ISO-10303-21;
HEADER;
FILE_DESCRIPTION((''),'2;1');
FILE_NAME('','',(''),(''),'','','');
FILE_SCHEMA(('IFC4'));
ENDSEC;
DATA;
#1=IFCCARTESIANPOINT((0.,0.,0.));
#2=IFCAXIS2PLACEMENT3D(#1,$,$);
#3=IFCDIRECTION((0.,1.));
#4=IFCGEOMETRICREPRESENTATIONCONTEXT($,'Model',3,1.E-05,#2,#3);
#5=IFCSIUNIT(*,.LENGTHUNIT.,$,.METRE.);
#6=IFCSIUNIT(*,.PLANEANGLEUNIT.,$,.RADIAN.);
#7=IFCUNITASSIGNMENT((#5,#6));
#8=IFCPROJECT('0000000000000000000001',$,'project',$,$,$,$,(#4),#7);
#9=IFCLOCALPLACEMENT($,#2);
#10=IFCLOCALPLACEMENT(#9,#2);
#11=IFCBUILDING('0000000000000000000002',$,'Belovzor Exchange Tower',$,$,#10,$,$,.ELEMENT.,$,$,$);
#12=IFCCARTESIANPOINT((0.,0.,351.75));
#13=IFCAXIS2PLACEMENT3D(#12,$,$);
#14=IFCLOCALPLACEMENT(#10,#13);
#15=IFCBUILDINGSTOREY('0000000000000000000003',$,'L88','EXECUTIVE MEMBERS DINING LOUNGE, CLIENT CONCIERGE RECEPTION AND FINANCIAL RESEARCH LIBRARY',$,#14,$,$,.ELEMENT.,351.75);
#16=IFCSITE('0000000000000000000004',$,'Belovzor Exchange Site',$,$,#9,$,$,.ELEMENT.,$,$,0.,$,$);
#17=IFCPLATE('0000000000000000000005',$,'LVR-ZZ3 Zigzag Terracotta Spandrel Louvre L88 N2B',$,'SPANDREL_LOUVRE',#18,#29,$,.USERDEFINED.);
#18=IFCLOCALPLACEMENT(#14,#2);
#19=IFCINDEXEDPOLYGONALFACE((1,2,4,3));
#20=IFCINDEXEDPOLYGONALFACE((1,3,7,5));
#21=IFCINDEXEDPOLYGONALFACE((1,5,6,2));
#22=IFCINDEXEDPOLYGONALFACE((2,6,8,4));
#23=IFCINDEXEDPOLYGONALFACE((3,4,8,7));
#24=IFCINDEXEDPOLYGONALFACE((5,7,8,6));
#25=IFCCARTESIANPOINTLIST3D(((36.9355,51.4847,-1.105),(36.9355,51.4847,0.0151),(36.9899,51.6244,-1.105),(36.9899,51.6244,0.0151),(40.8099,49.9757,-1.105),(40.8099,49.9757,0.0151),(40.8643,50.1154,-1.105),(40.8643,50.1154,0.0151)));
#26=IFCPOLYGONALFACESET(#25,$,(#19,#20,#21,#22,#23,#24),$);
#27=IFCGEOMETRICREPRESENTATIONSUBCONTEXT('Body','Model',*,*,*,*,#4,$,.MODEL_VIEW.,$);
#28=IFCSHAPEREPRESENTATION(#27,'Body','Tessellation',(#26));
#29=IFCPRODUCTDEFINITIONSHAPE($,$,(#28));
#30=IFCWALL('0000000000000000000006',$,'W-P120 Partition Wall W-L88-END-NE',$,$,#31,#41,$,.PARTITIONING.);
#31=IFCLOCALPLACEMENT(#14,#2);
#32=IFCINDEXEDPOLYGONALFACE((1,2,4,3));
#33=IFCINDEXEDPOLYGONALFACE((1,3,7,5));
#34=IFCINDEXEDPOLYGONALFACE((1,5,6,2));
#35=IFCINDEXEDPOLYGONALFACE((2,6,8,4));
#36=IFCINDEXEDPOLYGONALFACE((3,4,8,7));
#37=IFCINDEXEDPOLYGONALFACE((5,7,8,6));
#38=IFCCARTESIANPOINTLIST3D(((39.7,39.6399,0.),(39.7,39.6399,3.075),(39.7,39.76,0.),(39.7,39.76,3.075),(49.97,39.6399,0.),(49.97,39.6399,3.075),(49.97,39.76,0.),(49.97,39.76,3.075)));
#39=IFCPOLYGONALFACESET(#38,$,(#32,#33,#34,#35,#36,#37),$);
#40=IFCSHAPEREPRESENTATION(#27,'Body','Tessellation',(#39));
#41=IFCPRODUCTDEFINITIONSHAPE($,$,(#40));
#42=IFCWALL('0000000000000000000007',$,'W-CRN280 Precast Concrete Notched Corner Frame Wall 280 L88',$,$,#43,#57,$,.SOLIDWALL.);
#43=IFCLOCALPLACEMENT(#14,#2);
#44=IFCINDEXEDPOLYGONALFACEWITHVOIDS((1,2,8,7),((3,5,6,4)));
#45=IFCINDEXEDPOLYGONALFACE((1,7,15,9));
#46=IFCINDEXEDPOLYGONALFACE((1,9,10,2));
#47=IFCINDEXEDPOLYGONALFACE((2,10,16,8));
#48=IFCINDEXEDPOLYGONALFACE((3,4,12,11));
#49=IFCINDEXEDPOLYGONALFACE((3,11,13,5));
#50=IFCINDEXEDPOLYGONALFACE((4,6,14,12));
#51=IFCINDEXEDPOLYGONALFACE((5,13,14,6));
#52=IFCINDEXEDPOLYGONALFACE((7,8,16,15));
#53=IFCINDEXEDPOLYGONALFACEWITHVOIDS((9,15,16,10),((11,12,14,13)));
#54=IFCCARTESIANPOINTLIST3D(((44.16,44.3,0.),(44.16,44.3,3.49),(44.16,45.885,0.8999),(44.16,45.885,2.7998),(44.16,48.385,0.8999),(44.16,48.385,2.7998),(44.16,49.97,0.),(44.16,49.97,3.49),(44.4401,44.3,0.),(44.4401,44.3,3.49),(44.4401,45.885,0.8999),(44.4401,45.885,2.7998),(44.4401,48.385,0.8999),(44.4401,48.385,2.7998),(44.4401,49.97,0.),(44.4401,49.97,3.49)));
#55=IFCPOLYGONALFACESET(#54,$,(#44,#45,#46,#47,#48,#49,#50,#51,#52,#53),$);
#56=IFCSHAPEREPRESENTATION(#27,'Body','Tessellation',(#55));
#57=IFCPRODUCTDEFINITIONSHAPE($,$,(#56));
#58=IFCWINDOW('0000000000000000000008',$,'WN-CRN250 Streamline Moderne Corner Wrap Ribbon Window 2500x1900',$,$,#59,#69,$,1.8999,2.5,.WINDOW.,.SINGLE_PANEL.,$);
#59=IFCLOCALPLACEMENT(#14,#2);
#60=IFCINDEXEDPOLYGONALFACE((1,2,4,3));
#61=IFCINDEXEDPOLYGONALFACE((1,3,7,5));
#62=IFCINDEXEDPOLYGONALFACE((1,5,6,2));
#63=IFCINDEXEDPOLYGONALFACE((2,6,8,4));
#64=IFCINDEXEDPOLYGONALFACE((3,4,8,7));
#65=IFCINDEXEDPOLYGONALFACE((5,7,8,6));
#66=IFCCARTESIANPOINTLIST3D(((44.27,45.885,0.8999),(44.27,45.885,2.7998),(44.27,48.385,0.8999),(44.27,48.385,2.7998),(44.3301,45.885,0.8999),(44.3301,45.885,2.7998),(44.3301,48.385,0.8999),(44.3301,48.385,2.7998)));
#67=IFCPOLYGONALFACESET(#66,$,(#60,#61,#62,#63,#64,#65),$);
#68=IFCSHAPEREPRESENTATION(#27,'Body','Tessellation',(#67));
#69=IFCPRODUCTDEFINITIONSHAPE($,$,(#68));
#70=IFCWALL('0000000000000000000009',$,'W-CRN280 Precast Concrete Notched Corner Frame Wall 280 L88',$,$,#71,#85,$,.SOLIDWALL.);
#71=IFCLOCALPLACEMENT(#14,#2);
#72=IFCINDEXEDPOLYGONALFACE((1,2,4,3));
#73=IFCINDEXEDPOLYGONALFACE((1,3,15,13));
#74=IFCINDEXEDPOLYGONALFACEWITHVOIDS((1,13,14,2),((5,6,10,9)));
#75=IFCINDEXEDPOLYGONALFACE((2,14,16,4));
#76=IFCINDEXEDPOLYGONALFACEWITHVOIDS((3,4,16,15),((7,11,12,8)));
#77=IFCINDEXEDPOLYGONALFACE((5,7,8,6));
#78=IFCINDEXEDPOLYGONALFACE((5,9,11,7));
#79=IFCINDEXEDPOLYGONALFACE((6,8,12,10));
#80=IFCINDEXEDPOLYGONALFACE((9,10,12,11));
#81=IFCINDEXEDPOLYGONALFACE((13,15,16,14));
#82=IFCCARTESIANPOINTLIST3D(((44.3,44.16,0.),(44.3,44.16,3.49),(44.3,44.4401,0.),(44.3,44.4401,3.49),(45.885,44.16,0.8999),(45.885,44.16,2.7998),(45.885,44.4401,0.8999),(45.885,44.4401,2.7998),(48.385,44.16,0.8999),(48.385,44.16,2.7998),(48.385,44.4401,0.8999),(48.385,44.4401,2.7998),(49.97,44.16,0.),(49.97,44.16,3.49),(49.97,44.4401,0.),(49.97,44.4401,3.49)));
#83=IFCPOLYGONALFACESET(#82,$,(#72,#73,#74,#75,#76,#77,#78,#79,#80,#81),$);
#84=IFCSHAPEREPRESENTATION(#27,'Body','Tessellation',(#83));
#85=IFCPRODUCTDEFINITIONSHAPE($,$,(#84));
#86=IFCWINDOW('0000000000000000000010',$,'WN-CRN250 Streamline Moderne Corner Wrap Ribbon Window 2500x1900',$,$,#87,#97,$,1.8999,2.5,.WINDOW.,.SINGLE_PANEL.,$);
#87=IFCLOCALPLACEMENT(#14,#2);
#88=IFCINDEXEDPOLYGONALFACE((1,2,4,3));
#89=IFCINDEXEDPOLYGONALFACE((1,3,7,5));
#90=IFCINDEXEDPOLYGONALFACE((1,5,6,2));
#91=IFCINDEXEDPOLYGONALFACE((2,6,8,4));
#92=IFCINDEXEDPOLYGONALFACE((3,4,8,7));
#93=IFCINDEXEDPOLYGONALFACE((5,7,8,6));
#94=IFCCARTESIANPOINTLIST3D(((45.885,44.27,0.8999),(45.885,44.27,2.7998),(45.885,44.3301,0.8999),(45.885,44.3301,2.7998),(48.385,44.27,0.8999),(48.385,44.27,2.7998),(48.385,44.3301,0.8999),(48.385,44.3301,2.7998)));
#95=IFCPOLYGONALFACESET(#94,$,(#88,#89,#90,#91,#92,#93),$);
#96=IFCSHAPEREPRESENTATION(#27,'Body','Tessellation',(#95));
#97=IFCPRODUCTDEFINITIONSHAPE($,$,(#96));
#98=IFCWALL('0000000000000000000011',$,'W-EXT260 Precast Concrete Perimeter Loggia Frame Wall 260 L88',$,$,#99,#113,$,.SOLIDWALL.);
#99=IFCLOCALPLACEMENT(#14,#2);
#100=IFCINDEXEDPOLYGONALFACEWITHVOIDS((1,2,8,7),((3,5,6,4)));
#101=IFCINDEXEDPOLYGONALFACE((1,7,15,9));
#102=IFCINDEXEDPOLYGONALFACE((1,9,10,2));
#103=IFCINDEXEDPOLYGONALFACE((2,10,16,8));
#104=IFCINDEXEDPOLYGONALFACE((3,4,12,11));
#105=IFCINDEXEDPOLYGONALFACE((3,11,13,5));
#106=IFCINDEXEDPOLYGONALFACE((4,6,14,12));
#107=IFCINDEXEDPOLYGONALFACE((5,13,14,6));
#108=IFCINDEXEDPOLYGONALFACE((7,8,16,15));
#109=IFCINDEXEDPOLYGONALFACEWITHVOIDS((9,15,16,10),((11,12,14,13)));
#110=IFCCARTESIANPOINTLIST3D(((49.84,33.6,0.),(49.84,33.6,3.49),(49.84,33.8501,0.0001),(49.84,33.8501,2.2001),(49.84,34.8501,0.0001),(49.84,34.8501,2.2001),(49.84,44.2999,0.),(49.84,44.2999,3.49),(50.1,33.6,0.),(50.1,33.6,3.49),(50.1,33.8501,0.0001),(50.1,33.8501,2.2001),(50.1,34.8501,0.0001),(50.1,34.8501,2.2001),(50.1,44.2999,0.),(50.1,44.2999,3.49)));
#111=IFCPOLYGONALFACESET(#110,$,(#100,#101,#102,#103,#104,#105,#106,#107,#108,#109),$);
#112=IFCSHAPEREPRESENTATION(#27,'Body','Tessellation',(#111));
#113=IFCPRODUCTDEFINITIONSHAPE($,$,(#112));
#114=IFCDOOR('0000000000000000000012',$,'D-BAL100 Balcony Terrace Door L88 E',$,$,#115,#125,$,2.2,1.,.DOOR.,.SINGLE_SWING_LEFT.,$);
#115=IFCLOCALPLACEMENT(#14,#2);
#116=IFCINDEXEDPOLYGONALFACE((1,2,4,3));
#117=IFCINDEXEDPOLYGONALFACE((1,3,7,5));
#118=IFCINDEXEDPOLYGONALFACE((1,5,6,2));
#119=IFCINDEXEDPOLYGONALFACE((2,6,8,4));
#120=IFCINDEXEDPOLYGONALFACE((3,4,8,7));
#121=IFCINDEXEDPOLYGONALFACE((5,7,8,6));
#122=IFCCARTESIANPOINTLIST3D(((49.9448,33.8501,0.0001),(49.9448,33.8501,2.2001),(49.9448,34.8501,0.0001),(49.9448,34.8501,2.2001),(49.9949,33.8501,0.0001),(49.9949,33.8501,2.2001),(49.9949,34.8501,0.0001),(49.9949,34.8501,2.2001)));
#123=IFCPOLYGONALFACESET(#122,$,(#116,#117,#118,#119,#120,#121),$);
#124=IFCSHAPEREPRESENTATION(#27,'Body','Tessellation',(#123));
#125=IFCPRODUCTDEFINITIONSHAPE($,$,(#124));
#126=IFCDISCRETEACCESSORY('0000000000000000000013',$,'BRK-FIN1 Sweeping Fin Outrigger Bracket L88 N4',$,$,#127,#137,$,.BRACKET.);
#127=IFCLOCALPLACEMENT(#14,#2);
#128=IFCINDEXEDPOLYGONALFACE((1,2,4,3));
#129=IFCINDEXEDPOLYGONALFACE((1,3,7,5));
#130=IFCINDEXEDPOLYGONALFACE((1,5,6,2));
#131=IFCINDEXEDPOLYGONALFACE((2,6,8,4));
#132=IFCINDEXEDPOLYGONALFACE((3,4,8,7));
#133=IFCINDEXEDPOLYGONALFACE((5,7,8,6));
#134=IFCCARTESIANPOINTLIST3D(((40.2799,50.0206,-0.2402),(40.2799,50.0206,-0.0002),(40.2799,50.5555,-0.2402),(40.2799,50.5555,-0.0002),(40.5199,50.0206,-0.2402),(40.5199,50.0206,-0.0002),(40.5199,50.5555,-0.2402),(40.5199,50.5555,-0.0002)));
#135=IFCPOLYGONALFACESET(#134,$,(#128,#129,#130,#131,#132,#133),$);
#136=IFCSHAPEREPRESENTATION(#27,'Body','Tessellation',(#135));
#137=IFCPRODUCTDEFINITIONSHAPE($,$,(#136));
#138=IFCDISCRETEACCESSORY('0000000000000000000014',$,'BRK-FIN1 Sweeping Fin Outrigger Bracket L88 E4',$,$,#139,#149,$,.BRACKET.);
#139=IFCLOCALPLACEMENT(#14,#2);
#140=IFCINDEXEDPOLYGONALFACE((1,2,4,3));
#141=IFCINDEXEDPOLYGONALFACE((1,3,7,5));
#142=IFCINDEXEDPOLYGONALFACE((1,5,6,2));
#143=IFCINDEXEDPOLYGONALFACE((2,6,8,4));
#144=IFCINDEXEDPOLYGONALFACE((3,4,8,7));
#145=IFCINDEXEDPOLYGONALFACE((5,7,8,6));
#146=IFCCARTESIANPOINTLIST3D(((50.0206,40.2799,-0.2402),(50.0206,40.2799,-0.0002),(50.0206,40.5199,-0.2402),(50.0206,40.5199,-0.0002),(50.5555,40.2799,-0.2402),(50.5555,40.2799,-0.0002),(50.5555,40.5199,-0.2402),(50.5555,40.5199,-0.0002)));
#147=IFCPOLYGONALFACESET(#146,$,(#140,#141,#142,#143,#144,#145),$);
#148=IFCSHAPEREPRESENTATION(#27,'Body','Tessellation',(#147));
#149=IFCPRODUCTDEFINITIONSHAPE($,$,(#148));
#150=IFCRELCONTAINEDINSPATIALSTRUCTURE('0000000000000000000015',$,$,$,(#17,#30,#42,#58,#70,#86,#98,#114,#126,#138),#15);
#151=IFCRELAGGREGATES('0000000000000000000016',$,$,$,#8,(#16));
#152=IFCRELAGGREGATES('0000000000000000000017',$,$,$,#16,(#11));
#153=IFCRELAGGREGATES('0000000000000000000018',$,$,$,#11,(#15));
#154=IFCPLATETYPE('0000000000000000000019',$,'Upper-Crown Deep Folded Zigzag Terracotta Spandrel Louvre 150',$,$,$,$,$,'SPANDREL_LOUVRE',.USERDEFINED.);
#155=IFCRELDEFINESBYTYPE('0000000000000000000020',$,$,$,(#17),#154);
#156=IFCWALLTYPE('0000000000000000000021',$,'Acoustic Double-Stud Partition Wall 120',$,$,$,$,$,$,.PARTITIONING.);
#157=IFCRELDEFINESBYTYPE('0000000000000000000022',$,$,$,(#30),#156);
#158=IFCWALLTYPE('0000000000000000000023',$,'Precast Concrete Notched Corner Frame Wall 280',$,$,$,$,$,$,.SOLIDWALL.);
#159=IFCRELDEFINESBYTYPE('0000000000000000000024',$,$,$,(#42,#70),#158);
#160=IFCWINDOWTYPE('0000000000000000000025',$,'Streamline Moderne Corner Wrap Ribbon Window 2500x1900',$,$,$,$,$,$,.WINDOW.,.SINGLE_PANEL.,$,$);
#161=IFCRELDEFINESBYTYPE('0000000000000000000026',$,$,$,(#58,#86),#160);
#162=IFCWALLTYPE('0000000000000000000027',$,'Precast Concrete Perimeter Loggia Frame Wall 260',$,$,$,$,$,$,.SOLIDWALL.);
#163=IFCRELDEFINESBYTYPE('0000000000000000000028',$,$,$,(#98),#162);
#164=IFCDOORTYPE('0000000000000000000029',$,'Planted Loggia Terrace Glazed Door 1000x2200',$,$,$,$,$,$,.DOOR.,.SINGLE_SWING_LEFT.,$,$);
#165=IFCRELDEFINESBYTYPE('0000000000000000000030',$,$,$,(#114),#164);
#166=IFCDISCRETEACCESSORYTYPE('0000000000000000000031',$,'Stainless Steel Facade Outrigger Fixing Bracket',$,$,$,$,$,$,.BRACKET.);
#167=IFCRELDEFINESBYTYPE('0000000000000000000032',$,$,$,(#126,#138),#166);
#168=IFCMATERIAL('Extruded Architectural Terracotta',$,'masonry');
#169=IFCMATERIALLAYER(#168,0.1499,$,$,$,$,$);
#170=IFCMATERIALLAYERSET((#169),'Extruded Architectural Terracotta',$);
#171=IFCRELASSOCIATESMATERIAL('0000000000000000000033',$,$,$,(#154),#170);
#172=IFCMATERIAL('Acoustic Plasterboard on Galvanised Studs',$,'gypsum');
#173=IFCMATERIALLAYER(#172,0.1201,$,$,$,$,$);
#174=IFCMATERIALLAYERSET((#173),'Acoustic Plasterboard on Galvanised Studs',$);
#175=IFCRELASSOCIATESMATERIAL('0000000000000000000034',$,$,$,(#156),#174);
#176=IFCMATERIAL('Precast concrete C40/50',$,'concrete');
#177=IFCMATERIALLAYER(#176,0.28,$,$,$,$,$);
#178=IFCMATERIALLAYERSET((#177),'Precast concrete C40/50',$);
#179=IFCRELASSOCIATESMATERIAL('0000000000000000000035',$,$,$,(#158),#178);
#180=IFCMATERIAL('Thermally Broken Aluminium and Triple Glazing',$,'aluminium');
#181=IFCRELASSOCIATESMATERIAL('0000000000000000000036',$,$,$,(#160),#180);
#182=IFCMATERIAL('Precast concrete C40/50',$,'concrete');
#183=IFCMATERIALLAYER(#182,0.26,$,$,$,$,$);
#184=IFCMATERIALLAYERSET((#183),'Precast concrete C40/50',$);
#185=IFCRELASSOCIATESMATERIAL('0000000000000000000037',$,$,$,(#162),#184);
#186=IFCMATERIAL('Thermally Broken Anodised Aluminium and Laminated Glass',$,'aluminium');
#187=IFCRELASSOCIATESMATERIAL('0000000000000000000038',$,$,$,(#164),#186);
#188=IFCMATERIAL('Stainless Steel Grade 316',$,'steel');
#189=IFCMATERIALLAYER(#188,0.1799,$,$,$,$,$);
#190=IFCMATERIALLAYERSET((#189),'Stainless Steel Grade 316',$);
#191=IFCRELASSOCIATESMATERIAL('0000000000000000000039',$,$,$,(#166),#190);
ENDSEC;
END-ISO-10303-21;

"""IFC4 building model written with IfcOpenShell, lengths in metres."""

from ifc_helpers import new_model, si_unit, direction, frame, frame_2d, origin, origin_2d, place, context, subcontext, project, spatial, rectangle, extrude, material, layer, layer_set, type_object, element, fill, save


model = new_model("IFC4")

# Units and contexts
model_context = context("Model", 3, precision=1e-05, world=origin(), true_north=direction((0.0, 1.0)))
body_context = subcontext(model_context, "Body", "Model", "MODEL_VIEW")
ifc_project = project(units=[si_unit("LENGTHUNIT", "METRE"), si_unit("PLANEANGLEUNIT", "RADIAN")], contexts=[model_context])

# Site, building, storey
site_placement = place(None, origin())
site = spatial("IfcSite", under=ifc_project, at=site_placement, Name="Belovzor Exchange Site", CompositionType="ELEMENT", RefElevation=0.0)
building_placement = place(site_placement, origin())
building = spatial("IfcBuilding", under=site, at=building_placement, Name="Belovzor Exchange Tower", CompositionType="ELEMENT")
storey_placement = place(building_placement, frame((0.0, 0.0, 351.75)))
storey = spatial("IfcBuildingStorey", under=building, at=storey_placement, Name="L88", Description="EXECUTIVE MEMBERS DINING LOUNGE, CLIENT CONCIERGE RECEPTION AND FINANCIAL RESEARCH LIBRARY", CompositionType="ELEMENT", Elevation=351.75)

# Plate
ifc_material_1 = material(Name="Extruded Architectural Terracotta", Category="masonry")
ifc_layer_1 = layer(ifc_material_1, 0.1499)
ifc_layer_set_1 = layer_set([ifc_layer_1], Name="Extruded Architectural Terracotta")
plate_type = type_object("IfcPlateType", Name="Upper-Crown Deep Folded Zigzag Terracotta Spandrel Louvre 150", ElementType="SPANDREL_LOUVRE", PredefinedType="USERDEFINED", material=ifc_layer_set_1)
plate_placement = place(storey_placement, frame((38.8999, 50.8, -1.105), z_axis=(0.0, 0.0, 1.0), x_axis=(0.931818, -0.362926, 0.0)))
element("IfcPlate", 1, at=plate_placement, inside=storey, type_object=plate_type, Name="LVR-ZZ3 Zigzag Terracotta Spandrel Louvre L88 N2B", ObjectType="SPANDREL_LOUVRE", PredefinedType="USERDEFINED", context=body_context, shape_type="SweptSolid", body=[
    extrude(rectangle(XDim=4.158, YDim=0.1499, at=origin_2d()), origin(), (0.0, 0.0, 1.0), 1.1201),
])

# Wall
ifc_material_2 = material(Name="Acoustic Plasterboard on Galvanised Studs", Category="gypsum")
ifc_layer_2 = layer(ifc_material_2, 0.1201)
ifc_layer_set_2 = layer_set([ifc_layer_2], Name="Acoustic Plasterboard on Galvanised Studs")
wall_type_1 = type_object("IfcWallType", Name="Acoustic Double-Stud Partition Wall 120", PredefinedType="PARTITIONING", material=ifc_layer_set_2)
wall_1_placement = place(storey_placement, frame((39.7, 39.7, 0.0), z_axis=(0.0, 0.0, 1.0), x_axis=(1.0, 0.0, 0.0)))
element("IfcWall", 2, at=wall_1_placement, inside=storey, type_object=wall_type_1, Name="W-P120 Partition Wall W-L88-END-NE", PredefinedType="PARTITIONING", context=body_context, shape_type="SweptSolid", body=[
    extrude(rectangle(XDim=10.27, YDim=0.1201, at=frame_2d((5.135, 0.0))), origin(), (0.0, 0.0, 1.0), 3.075),
])

# Walls, openings, windows
ifc_material_3 = material(Name="Precast concrete C40/50", Category="concrete")
ifc_layer_3 = layer(ifc_material_3, 0.28)
ifc_layer_set_3 = layer_set([ifc_layer_3], Name="Precast concrete C40/50")
wall_type_2 = type_object("IfcWallType", Name="Precast Concrete Notched Corner Frame Wall 280", PredefinedType="SOLIDWALL", material=ifc_layer_set_3)
wall_2_placement = place(storey_placement, frame((44.3, 49.97, 0.0), z_axis=(0.0, 0.0, 1.0), x_axis=(0.0, -1.0, 0.0)))
wall_2 = element("IfcWall", 3, at=wall_2_placement, inside=storey, type_object=wall_type_2, Name="W-CRN280 Precast Concrete Notched Corner Frame Wall 280 L88", PredefinedType="SOLIDWALL", context=body_context, shape_type="SweptSolid", body=[
    extrude(rectangle(XDim=5.6699, YDim=0.28, at=frame_2d((2.835, 0.0))), origin(), (0.0, 0.0, 1.0), 3.49),
])
opening_1_placement = place(wall_2_placement, frame((1.585, 0.0, 0.8999)))
opening_1 = element("IfcOpeningElement", 4, at=opening_1_placement, cuts=wall_2, PredefinedType="OPENING", context=body_context, shape_type="SweptSolid", body=[
    extrude(rectangle(XDim=2.5, YDim=1.8999, at=frame_2d((1.25, 0.95))), frame((0.0, 0.1499, 0.0), z_axis=(0.0, -1.0, 0.0), x_axis=(1.0, 0.0, 0.0)), (0.0, 0.0, 1.0), 0.3),
])
ifc_material_4 = material(Name="Thermally Broken Aluminium and Triple Glazing", Category="aluminium")
window_type = type_object("IfcWindowType", Name="Streamline Moderne Corner Wrap Ribbon Window 2500x1900", PartitioningType="SINGLE_PANEL", PredefinedType="WINDOW", material=ifc_material_4)
window_1_placement = place(opening_1_placement, origin())
window_1 = element("IfcWindow", 5, at=window_1_placement, inside=storey, type_object=window_type, Name="WN-CRN250 Streamline Moderne Corner Wrap Ribbon Window 2500x1900", OverallHeight=1.8999, OverallWidth=2.5, PartitioningType="SINGLE_PANEL", PredefinedType="WINDOW", context=body_context, shape_type="SweptSolid", body=[
    extrude(rectangle(XDim=2.5, YDim=1.8999, at=frame_2d((1.25, 0.95))), frame((0.0, 0.03, 0.0), z_axis=(0.0, -1.0, 0.0), x_axis=(1.0, 0.0, 0.0)), (0.0, 0.0, 1.0), 0.0601),
])
fill(opening_1, window_1)
wall_3_placement = place(storey_placement, frame((44.3, 44.3, 0.0), z_axis=(0.0, 0.0, 1.0), x_axis=(1.0, 0.0, 0.0)))
wall_3 = element("IfcWall", 6, at=wall_3_placement, inside=storey, type_object=wall_type_2, Name="W-CRN280 Precast Concrete Notched Corner Frame Wall 280 L88", PredefinedType="SOLIDWALL", context=body_context, shape_type="SweptSolid", body=[
    extrude(rectangle(XDim=5.6699, YDim=0.28, at=frame_2d((2.835, 0.0))), origin(), (0.0, 0.0, 1.0), 3.49),
])
opening_2_placement = place(wall_3_placement, frame((1.585, 0.0, 0.8999)))
opening_2 = element("IfcOpeningElement", 7, at=opening_2_placement, cuts=wall_3, PredefinedType="OPENING", context=body_context, shape_type="SweptSolid", body=[
    extrude(rectangle(XDim=2.5, YDim=1.8999, at=frame_2d((1.25, 0.95))), frame((0.0, 0.1499, 0.0), z_axis=(0.0, -1.0, 0.0), x_axis=(1.0, 0.0, 0.0)), (0.0, 0.0, 1.0), 0.3),
])
window_2_placement = place(opening_2_placement, origin())
window_2 = element("IfcWindow", 8, at=window_2_placement, inside=storey, type_object=window_type, Name="WN-CRN250 Streamline Moderne Corner Wrap Ribbon Window 2500x1900", OverallHeight=1.8999, OverallWidth=2.5, PartitioningType="SINGLE_PANEL", PredefinedType="WINDOW", context=body_context, shape_type="SweptSolid", body=[
    extrude(rectangle(XDim=2.5, YDim=1.8999, at=frame_2d((1.25, 0.95))), frame((0.0, 0.03, 0.0), z_axis=(0.0, -1.0, 0.0), x_axis=(1.0, 0.0, 0.0)), (0.0, 0.0, 1.0), 0.0601),
])
fill(opening_2, window_2)

# Wall, opening, door
ifc_material_5 = material(Name="Precast concrete C40/50", Category="concrete")
ifc_layer_4 = layer(ifc_material_5, 0.26)
ifc_layer_set_4 = layer_set([ifc_layer_4], Name="Precast concrete C40/50")
wall_type_3 = type_object("IfcWallType", Name="Precast Concrete Perimeter Loggia Frame Wall 260", PredefinedType="SOLIDWALL", material=ifc_layer_set_4)
wall_4_placement = place(storey_placement, frame((49.97, 44.3, 0.0), z_axis=(0.0, 0.0, 1.0), x_axis=(0.0, -1.0, 0.0)))
wall_4 = element("IfcWall", 9, at=wall_4_placement, inside=storey, type_object=wall_type_3, Name="W-EXT260 Precast Concrete Perimeter Loggia Frame Wall 260 L88", PredefinedType="SOLIDWALL", context=body_context, shape_type="SweptSolid", body=[
    extrude(rectangle(XDim=10.7, YDim=0.26, at=frame_2d((5.3501, 0.0))), origin(), (0.0, 0.0, 1.0), 3.49),
])
opening_3_placement = place(wall_4_placement, frame((9.45, 0.0, 0.0)))
opening_3 = element("IfcOpeningElement", 10, at=opening_3_placement, cuts=wall_4, PredefinedType="OPENING", context=body_context, shape_type="SweptSolid", body=[
    extrude(rectangle(XDim=1.0, YDim=2.2, at=frame_2d((0.5, 1.1001))), frame((0.0, 0.1399, 0.0), z_axis=(0.0, -1.0, 0.0), x_axis=(1.0, 0.0, 0.0)), (0.0, 0.0, 1.0), 0.28),
])
ifc_material_6 = material(Name="Thermally Broken Anodised Aluminium and Laminated Glass", Category="aluminium")
door_type = type_object("IfcDoorType", Name="Planted Loggia Terrace Glazed Door 1000x2200", OperationType="SINGLE_SWING_LEFT", PredefinedType="DOOR", material=ifc_material_6)
door_placement = place(opening_3_placement, origin())
door = element("IfcDoor", 11, at=door_placement, inside=storey, type_object=door_type, Name="D-BAL100 Balcony Terrace Door L88 E", OperationType="SINGLE_SWING_LEFT", OverallHeight=2.2, OverallWidth=1.0, PredefinedType="DOOR", context=body_context, shape_type="SweptSolid", body=[
    extrude(rectangle(XDim=1.0, YDim=2.2, at=frame_2d((0.5, 1.1001))), frame((0.0, 0.0249, 0.0), z_axis=(0.0, -1.0, 0.0), x_axis=(1.0, 0.0, 0.0)), (0.0, 0.0, 1.0), 0.05),
])
fill(opening_3, door)

# Discrete accessories
ifc_material_7 = material(Name="Stainless Steel Grade 316", Category="steel")
ifc_layer_5 = layer(ifc_material_7, 0.1799)
ifc_layer_set_5 = layer_set([ifc_layer_5], Name="Stainless Steel Grade 316")
discrete_accessory_type = type_object("IfcDiscreteAccessoryType", Name="Stainless Steel Facade Outrigger Fixing Bracket", PredefinedType="BRACKET", material=ifc_layer_set_5)
for number, where, z_axis, x_axis, name in (
    (12, (40.3999, 50.2881, -0.2402), (0.0, 0.0, 1.0), (0.0, 1.0, 0.0), "BRK-FIN1 Sweeping Fin Outrigger Bracket L88 N4"),
    (13, (50.2881, 40.3999, -0.2402), (0.0, 0.0, 1.0), (1.0, 0.0, 0.0), "BRK-FIN1 Sweeping Fin Outrigger Bracket L88 E4"),
):
    element("IfcDiscreteAccessory", number, at=place(storey_placement, frame(where, z_axis=z_axis, x_axis=x_axis)), inside=storey, type_object=discrete_accessory_type, Name=name, PredefinedType="BRACKET", context=body_context, shape_type="SweptSolid", body=[
        extrude(rectangle(XDim=0.5349, YDim=0.24, at=origin_2d()), origin(), (0.0, 0.0, 1.0), 0.24),
    ])

save(model, "model.ifc")
